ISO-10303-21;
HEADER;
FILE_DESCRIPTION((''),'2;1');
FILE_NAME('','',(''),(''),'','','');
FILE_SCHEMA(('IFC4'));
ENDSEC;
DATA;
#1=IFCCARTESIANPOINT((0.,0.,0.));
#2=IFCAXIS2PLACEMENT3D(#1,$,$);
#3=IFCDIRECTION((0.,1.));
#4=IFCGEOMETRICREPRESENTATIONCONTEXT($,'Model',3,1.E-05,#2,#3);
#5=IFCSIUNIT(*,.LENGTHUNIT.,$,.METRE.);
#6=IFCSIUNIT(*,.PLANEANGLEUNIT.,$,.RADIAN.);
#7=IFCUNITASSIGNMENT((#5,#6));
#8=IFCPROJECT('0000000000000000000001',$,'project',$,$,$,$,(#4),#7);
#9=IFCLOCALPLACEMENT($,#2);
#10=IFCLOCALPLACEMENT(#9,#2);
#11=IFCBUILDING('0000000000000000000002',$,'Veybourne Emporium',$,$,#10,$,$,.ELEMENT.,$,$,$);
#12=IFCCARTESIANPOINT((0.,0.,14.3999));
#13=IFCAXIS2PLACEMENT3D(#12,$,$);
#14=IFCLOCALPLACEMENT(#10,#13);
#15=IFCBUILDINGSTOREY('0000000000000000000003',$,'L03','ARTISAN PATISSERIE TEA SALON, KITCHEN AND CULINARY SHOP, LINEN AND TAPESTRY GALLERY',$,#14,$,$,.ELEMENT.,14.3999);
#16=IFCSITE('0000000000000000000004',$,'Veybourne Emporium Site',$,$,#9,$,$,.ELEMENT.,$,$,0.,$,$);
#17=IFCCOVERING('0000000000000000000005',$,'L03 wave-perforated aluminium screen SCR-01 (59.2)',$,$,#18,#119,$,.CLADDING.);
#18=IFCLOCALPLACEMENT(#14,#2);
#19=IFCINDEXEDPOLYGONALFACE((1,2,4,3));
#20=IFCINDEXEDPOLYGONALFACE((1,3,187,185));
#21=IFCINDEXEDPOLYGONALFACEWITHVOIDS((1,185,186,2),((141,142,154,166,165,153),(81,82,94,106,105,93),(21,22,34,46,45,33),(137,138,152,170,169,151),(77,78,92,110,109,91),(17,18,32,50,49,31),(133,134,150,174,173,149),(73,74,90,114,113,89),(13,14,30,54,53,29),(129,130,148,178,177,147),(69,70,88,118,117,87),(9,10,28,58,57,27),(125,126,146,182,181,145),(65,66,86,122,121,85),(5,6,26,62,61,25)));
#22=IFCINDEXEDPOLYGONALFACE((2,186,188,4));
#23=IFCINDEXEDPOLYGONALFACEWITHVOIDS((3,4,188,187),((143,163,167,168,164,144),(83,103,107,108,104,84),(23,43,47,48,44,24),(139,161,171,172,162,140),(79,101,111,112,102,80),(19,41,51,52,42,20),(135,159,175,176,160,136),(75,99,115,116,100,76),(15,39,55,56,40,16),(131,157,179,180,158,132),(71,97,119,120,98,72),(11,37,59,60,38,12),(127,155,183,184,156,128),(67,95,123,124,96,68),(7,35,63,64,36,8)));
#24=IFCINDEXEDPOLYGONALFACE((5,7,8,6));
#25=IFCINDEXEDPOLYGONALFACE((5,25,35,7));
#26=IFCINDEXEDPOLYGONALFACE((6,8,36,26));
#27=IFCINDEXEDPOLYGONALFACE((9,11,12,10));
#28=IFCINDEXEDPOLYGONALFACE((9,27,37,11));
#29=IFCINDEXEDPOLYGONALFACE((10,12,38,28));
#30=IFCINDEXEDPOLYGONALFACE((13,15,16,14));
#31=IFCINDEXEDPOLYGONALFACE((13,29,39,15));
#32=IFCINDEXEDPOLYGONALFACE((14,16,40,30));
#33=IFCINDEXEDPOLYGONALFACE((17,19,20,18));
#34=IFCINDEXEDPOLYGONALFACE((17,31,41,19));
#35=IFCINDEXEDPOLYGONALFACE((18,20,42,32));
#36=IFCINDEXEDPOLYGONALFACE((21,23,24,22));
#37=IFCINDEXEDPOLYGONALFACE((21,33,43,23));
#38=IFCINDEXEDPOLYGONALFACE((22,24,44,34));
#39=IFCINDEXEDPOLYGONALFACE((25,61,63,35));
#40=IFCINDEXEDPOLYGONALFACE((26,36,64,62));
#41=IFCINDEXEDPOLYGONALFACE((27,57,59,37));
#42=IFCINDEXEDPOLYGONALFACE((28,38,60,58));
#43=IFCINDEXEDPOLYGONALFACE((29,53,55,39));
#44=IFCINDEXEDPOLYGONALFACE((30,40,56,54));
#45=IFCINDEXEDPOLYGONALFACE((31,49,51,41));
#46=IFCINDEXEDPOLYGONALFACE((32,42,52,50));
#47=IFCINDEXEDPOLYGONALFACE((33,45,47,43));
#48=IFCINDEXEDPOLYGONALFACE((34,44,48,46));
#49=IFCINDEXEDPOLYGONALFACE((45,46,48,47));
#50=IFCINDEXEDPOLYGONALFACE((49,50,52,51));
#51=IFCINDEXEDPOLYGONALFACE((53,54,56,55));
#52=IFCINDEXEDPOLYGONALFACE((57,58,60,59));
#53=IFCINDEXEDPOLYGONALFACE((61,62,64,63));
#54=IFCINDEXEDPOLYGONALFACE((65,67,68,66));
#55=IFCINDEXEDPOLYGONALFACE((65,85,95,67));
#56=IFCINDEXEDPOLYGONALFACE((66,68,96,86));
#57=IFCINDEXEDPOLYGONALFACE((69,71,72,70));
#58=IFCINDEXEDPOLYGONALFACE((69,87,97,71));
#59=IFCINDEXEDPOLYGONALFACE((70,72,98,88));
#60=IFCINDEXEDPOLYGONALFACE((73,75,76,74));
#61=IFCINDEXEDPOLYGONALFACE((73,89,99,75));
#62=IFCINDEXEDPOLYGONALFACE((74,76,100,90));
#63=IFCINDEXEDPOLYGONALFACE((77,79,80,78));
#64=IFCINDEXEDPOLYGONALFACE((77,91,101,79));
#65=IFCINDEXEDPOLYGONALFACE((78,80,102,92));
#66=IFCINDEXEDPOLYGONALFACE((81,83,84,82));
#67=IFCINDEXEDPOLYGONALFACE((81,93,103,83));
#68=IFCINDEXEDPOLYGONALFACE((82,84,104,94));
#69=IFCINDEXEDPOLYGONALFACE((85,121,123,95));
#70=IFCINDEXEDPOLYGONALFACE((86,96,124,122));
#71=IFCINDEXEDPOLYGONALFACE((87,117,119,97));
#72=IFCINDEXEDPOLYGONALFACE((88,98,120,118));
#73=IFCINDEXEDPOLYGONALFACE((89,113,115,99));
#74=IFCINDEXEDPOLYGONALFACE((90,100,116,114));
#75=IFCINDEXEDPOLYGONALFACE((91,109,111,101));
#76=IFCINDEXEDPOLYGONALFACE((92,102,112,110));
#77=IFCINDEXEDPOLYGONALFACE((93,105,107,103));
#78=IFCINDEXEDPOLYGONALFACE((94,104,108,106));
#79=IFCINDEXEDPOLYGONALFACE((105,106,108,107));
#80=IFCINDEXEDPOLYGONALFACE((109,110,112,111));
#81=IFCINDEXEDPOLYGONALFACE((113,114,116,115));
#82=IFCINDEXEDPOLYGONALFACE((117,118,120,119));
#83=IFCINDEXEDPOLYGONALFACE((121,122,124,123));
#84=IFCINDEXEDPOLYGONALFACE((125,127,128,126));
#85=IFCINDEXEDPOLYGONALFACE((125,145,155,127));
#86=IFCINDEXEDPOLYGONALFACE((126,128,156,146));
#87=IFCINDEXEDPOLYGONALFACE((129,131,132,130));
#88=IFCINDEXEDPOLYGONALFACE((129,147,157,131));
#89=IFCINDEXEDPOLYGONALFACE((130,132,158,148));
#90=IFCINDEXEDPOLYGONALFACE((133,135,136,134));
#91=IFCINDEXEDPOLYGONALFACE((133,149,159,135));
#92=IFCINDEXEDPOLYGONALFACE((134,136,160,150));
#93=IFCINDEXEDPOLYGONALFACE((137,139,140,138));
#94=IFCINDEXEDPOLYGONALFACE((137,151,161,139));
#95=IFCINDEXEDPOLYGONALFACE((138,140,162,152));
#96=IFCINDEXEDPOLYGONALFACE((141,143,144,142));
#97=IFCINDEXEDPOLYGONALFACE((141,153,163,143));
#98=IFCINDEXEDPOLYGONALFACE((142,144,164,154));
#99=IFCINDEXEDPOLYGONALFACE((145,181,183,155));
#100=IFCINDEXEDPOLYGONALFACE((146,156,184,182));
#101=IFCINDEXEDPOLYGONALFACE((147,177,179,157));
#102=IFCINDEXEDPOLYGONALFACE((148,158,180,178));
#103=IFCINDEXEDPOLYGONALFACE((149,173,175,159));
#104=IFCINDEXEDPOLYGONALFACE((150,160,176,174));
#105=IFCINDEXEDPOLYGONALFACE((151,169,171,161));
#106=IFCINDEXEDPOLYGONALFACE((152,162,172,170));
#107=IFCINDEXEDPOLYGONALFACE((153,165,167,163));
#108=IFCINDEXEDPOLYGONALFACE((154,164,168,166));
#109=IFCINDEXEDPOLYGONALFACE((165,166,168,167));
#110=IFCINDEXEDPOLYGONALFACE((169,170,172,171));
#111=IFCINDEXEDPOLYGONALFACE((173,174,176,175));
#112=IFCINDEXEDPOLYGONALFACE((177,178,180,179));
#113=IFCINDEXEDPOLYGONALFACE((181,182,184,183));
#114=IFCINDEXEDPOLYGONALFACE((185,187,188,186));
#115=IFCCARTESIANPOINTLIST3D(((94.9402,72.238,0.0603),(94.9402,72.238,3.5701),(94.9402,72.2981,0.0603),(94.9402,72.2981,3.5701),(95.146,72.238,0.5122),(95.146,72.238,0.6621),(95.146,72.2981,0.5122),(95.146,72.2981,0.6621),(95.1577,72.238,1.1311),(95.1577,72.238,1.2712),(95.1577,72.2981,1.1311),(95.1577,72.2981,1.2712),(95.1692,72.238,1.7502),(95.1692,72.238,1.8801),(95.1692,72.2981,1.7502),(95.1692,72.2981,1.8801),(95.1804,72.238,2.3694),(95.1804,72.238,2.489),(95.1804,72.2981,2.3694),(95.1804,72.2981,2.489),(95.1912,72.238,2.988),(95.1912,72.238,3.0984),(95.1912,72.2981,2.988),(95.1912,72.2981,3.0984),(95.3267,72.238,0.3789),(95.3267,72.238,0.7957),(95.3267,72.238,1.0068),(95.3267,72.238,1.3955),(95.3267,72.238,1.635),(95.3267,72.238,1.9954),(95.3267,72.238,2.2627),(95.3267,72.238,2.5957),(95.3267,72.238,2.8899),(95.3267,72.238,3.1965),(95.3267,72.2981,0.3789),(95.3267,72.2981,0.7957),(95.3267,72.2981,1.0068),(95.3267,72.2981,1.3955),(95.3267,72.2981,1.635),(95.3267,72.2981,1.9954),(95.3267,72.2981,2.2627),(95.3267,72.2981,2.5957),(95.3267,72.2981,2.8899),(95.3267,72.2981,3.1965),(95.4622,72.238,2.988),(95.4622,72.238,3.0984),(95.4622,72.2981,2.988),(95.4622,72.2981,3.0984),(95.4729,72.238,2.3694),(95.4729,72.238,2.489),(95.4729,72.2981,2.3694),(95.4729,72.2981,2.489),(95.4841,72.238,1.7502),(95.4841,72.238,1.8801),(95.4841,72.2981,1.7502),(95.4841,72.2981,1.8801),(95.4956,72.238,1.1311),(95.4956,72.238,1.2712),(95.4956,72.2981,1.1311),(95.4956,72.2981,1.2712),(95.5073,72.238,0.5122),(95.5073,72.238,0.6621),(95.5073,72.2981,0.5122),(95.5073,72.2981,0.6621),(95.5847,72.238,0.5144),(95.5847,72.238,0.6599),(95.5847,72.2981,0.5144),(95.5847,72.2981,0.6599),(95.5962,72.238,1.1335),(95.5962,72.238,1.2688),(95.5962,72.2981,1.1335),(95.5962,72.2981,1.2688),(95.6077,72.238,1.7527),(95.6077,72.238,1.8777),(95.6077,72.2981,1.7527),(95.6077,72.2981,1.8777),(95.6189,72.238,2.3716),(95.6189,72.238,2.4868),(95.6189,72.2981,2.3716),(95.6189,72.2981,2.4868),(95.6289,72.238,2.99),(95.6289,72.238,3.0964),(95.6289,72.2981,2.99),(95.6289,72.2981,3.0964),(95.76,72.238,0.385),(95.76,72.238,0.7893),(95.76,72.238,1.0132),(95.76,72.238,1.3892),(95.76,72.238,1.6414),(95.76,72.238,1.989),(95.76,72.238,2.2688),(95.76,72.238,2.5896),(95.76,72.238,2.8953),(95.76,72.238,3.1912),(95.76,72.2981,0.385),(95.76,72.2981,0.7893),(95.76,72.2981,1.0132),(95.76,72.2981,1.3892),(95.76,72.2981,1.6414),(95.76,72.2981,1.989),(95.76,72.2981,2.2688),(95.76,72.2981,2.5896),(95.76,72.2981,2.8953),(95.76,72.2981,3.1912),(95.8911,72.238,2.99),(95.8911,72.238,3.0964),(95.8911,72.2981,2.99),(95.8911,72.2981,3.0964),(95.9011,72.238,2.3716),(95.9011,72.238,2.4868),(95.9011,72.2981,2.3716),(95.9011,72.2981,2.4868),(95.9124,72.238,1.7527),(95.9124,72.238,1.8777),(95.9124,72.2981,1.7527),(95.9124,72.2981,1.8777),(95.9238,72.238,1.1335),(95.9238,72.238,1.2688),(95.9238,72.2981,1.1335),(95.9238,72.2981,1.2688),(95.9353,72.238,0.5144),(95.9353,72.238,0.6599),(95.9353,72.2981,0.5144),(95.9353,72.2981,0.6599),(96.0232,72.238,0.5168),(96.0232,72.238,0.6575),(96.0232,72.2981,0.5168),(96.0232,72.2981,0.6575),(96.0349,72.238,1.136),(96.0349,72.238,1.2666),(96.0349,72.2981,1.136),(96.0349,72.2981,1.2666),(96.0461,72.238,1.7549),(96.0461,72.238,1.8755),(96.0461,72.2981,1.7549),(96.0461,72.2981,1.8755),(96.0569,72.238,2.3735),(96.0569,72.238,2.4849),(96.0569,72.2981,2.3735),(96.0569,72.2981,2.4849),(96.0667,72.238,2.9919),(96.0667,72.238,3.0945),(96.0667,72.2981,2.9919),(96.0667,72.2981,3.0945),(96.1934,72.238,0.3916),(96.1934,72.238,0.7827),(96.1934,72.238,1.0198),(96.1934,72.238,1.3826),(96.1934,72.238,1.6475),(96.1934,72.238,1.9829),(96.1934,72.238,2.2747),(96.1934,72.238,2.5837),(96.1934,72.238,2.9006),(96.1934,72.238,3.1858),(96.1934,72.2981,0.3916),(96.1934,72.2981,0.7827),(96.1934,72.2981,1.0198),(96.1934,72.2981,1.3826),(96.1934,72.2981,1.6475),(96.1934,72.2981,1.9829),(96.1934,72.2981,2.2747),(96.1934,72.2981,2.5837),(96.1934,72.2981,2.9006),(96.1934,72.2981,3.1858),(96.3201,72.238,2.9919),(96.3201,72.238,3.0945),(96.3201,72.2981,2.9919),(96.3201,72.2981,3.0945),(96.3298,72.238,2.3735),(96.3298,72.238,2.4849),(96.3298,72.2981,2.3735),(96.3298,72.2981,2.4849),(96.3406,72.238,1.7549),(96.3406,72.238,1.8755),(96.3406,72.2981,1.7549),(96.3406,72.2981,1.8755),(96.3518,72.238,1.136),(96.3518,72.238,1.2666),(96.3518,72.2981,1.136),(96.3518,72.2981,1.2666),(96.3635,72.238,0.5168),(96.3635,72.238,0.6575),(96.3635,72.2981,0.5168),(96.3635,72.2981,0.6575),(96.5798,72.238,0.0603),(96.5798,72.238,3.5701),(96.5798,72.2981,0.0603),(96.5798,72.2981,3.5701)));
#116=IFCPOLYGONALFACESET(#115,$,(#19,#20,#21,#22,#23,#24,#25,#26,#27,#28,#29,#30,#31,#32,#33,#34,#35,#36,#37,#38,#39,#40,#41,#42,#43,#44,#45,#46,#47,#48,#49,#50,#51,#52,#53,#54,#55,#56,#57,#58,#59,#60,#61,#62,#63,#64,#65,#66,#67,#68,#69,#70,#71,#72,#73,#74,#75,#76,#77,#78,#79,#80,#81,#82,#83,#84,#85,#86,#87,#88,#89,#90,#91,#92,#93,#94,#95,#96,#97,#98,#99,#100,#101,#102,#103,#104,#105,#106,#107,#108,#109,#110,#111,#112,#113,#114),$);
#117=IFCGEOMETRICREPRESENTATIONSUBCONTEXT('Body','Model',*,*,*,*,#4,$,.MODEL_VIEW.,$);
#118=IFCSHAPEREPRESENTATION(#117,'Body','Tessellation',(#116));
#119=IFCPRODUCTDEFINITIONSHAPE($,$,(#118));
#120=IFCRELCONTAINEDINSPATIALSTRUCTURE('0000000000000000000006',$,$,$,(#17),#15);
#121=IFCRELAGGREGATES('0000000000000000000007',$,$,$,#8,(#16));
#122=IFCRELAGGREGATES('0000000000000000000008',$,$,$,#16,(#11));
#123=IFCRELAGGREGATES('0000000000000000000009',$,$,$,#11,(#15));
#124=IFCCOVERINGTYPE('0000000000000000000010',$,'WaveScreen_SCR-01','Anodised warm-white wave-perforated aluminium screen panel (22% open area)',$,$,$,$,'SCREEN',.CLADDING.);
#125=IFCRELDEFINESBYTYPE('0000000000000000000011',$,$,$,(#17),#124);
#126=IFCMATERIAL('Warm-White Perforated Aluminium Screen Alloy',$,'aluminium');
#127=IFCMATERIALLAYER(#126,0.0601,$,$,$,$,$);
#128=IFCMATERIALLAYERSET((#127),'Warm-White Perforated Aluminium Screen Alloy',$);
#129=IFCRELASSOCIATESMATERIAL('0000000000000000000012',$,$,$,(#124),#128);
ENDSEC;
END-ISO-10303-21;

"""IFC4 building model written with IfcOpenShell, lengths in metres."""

from ifc_helpers import new_model, si_unit, direction, frame, origin, place, context, subcontext, project, spatial, polyline, outline, extrude, material, layer, layer_set, type_object, element, save


model = new_model("IFC4")

# Units and contexts
model_context = context("Model", 3, precision=1e-05, world=origin(), true_north=direction((0.0, 1.0)))
body_context = subcontext(model_context, "Body", "Model", "MODEL_VIEW")
ifc_project = project(units=[si_unit("LENGTHUNIT", "METRE"), si_unit("PLANEANGLEUNIT", "RADIAN")], contexts=[model_context])

# Site, building, storey
site_placement = place(None, origin())
site = spatial("IfcSite", under=ifc_project, at=site_placement, Name="Veybourne Emporium Site", CompositionType="ELEMENT", RefElevation=0.0)
building_placement = place(site_placement, origin())
building = spatial("IfcBuilding", under=site, at=building_placement, Name="Veybourne Emporium", CompositionType="ELEMENT")
storey_placement = place(building_placement, frame((0.0, 0.0, 14.3999)))
storey = spatial("IfcBuildingStorey", under=building, at=storey_placement, Name="L03", Description="ARTISAN PATISSERIE TEA SALON, KITCHEN AND CULINARY SHOP, LINEN AND TAPESTRY GALLERY", CompositionType="ELEMENT", Elevation=14.3999)

# Covering
ifc_material_1 = material(Name="Warm-White Perforated Aluminium Screen Alloy", Category="aluminium")
ifc_layer_1 = layer(ifc_material_1, 0.0601)
ifc_layer_set_1 = layer_set([ifc_layer_1], Name="Warm-White Perforated Aluminium Screen Alloy")
covering_type_1 = type_object("IfcCoveringType", Name="WaveScreen_SCR-01", Description="Anodised warm-white wave-perforated aluminium screen panel (22% open area)", ElementType="SCREEN", PredefinedType="CLADDING", material=ifc_layer_set_1)
covering_1_placement = place(storey_placement, frame((95.76, 72.2981, 1.8152), z_axis=(0.0, -1.0, 0.0), x_axis=(1.0, 0.0, 0.0)))
element("IfcCovering", 1, at=covering_1_placement, inside=storey, type_object=covering_type_1, Name="L03 wave-perforated aluminium screen SCR-01 (59.2)", PredefinedType="CLADDING", context=body_context, shape_type="SweptSolid", body=[
    extrude(outline(polyline([(-0.8198, -1.7549), (0.8198, -1.7549), (0.8198, 1.7549), (-0.8198, 1.7549), (-0.8198, -1.7549)]), holes=[polyline([(-0.4333, -1.0195), (-0.2527, -1.1531), (-0.2527, -1.303), (-0.4333, -1.4363), (-0.614, -1.303), (-0.614, -1.1531), (-0.4333, -1.0195)]), polyline([(-0.4333, -0.4197), (-0.2644, -0.5439), (-0.2644, -0.6841), (-0.4333, -0.8083), (-0.6023, -0.6841), (-0.6023, -0.5439), (-0.4333, -0.4197)]), polyline([(-0.4333, 0.1802), (-0.2759, 0.0649), (-0.2759, -0.0649), (-0.4333, -0.1802), (-0.5908, -0.0649), (-0.5908, 0.0649), (-0.4333, 0.1802)]), polyline([(-0.4333, 0.7805), (-0.2871, 0.6738), (-0.2871, 0.5542), (-0.4333, 0.4475), (-0.5796, 0.5542), (-0.5796, 0.6738), (-0.4333, 0.7805)]), polyline([(-0.4333, 1.3813), (-0.2979, 1.2832), (-0.2979, 1.1729), (-0.4333, 1.0747), (-0.5688, 1.1729), (-0.5688, 1.2832), (-0.4333, 1.3813)]), polyline([(0.0, -1.0259), (0.1753, -1.1553), (0.1753, -1.3008), (0.0, -1.4302), (-0.1753, -1.3008), (-0.1753, -1.1553), (0.0, -1.0259)]), polyline([(0.0, -0.426), (0.1638, -0.5464), (0.1638, -0.6816), (0.0, -0.802), (-0.1638, -0.6816), (-0.1638, -0.5464), (0.0, -0.426)]), polyline([(0.0, 0.1738), (0.1523, 0.0625), (0.1523, -0.0625), (0.0, -0.1738), (-0.1523, -0.0625), (-0.1523, 0.0625), (0.0, 0.1738)]), polyline([(0.0, 0.7744), (0.1411, 0.6716), (0.1411, 0.5564), (0.0, 0.4536), (-0.1411, 0.5564), (-0.1411, 0.6716), (0.0, 0.7744)]), polyline([(0.0, 1.376), (0.1311, 1.2812), (0.1311, 1.1748), (0.0, 1.0801), (-0.1311, 1.1748), (-0.1311, 1.2812), (0.0, 1.376)]), polyline([(0.4333, -1.0325), (0.6035, -1.1577), (0.6035, -1.2983), (0.4333, -1.4236), (0.2632, -1.2983), (0.2632, -1.1577), (0.4333, -1.0325)]), polyline([(0.4333, -0.4326), (0.5918, -0.5486), (0.5918, -0.6792), (0.4333, -0.7954), (0.2749, -0.6792), (0.2749, -0.5486), (0.4333, -0.4326)]), polyline([(0.4333, 0.1677), (0.5806, 0.0603), (0.5806, -0.0603), (0.4333, -0.1677), (0.2861, -0.0603), (0.2861, 0.0603), (0.4333, 0.1677)]), polyline([(0.4333, 0.7686), (0.5698, 0.6697), (0.5698, 0.5583), (0.4333, 0.4595), (0.2969, 0.5583), (0.2969, 0.6697), (0.4333, 0.7686)]), polyline([(0.4333, 1.3706), (0.5601, 1.2793), (0.5601, 1.1768), (0.4333, 1.0854), (0.3066, 1.1768), (0.3066, 1.2793), (0.4333, 1.3706)])]), origin(), (0.0, 0.0, 1.0), 0.0601),
])

save(model, "model.ifc")
